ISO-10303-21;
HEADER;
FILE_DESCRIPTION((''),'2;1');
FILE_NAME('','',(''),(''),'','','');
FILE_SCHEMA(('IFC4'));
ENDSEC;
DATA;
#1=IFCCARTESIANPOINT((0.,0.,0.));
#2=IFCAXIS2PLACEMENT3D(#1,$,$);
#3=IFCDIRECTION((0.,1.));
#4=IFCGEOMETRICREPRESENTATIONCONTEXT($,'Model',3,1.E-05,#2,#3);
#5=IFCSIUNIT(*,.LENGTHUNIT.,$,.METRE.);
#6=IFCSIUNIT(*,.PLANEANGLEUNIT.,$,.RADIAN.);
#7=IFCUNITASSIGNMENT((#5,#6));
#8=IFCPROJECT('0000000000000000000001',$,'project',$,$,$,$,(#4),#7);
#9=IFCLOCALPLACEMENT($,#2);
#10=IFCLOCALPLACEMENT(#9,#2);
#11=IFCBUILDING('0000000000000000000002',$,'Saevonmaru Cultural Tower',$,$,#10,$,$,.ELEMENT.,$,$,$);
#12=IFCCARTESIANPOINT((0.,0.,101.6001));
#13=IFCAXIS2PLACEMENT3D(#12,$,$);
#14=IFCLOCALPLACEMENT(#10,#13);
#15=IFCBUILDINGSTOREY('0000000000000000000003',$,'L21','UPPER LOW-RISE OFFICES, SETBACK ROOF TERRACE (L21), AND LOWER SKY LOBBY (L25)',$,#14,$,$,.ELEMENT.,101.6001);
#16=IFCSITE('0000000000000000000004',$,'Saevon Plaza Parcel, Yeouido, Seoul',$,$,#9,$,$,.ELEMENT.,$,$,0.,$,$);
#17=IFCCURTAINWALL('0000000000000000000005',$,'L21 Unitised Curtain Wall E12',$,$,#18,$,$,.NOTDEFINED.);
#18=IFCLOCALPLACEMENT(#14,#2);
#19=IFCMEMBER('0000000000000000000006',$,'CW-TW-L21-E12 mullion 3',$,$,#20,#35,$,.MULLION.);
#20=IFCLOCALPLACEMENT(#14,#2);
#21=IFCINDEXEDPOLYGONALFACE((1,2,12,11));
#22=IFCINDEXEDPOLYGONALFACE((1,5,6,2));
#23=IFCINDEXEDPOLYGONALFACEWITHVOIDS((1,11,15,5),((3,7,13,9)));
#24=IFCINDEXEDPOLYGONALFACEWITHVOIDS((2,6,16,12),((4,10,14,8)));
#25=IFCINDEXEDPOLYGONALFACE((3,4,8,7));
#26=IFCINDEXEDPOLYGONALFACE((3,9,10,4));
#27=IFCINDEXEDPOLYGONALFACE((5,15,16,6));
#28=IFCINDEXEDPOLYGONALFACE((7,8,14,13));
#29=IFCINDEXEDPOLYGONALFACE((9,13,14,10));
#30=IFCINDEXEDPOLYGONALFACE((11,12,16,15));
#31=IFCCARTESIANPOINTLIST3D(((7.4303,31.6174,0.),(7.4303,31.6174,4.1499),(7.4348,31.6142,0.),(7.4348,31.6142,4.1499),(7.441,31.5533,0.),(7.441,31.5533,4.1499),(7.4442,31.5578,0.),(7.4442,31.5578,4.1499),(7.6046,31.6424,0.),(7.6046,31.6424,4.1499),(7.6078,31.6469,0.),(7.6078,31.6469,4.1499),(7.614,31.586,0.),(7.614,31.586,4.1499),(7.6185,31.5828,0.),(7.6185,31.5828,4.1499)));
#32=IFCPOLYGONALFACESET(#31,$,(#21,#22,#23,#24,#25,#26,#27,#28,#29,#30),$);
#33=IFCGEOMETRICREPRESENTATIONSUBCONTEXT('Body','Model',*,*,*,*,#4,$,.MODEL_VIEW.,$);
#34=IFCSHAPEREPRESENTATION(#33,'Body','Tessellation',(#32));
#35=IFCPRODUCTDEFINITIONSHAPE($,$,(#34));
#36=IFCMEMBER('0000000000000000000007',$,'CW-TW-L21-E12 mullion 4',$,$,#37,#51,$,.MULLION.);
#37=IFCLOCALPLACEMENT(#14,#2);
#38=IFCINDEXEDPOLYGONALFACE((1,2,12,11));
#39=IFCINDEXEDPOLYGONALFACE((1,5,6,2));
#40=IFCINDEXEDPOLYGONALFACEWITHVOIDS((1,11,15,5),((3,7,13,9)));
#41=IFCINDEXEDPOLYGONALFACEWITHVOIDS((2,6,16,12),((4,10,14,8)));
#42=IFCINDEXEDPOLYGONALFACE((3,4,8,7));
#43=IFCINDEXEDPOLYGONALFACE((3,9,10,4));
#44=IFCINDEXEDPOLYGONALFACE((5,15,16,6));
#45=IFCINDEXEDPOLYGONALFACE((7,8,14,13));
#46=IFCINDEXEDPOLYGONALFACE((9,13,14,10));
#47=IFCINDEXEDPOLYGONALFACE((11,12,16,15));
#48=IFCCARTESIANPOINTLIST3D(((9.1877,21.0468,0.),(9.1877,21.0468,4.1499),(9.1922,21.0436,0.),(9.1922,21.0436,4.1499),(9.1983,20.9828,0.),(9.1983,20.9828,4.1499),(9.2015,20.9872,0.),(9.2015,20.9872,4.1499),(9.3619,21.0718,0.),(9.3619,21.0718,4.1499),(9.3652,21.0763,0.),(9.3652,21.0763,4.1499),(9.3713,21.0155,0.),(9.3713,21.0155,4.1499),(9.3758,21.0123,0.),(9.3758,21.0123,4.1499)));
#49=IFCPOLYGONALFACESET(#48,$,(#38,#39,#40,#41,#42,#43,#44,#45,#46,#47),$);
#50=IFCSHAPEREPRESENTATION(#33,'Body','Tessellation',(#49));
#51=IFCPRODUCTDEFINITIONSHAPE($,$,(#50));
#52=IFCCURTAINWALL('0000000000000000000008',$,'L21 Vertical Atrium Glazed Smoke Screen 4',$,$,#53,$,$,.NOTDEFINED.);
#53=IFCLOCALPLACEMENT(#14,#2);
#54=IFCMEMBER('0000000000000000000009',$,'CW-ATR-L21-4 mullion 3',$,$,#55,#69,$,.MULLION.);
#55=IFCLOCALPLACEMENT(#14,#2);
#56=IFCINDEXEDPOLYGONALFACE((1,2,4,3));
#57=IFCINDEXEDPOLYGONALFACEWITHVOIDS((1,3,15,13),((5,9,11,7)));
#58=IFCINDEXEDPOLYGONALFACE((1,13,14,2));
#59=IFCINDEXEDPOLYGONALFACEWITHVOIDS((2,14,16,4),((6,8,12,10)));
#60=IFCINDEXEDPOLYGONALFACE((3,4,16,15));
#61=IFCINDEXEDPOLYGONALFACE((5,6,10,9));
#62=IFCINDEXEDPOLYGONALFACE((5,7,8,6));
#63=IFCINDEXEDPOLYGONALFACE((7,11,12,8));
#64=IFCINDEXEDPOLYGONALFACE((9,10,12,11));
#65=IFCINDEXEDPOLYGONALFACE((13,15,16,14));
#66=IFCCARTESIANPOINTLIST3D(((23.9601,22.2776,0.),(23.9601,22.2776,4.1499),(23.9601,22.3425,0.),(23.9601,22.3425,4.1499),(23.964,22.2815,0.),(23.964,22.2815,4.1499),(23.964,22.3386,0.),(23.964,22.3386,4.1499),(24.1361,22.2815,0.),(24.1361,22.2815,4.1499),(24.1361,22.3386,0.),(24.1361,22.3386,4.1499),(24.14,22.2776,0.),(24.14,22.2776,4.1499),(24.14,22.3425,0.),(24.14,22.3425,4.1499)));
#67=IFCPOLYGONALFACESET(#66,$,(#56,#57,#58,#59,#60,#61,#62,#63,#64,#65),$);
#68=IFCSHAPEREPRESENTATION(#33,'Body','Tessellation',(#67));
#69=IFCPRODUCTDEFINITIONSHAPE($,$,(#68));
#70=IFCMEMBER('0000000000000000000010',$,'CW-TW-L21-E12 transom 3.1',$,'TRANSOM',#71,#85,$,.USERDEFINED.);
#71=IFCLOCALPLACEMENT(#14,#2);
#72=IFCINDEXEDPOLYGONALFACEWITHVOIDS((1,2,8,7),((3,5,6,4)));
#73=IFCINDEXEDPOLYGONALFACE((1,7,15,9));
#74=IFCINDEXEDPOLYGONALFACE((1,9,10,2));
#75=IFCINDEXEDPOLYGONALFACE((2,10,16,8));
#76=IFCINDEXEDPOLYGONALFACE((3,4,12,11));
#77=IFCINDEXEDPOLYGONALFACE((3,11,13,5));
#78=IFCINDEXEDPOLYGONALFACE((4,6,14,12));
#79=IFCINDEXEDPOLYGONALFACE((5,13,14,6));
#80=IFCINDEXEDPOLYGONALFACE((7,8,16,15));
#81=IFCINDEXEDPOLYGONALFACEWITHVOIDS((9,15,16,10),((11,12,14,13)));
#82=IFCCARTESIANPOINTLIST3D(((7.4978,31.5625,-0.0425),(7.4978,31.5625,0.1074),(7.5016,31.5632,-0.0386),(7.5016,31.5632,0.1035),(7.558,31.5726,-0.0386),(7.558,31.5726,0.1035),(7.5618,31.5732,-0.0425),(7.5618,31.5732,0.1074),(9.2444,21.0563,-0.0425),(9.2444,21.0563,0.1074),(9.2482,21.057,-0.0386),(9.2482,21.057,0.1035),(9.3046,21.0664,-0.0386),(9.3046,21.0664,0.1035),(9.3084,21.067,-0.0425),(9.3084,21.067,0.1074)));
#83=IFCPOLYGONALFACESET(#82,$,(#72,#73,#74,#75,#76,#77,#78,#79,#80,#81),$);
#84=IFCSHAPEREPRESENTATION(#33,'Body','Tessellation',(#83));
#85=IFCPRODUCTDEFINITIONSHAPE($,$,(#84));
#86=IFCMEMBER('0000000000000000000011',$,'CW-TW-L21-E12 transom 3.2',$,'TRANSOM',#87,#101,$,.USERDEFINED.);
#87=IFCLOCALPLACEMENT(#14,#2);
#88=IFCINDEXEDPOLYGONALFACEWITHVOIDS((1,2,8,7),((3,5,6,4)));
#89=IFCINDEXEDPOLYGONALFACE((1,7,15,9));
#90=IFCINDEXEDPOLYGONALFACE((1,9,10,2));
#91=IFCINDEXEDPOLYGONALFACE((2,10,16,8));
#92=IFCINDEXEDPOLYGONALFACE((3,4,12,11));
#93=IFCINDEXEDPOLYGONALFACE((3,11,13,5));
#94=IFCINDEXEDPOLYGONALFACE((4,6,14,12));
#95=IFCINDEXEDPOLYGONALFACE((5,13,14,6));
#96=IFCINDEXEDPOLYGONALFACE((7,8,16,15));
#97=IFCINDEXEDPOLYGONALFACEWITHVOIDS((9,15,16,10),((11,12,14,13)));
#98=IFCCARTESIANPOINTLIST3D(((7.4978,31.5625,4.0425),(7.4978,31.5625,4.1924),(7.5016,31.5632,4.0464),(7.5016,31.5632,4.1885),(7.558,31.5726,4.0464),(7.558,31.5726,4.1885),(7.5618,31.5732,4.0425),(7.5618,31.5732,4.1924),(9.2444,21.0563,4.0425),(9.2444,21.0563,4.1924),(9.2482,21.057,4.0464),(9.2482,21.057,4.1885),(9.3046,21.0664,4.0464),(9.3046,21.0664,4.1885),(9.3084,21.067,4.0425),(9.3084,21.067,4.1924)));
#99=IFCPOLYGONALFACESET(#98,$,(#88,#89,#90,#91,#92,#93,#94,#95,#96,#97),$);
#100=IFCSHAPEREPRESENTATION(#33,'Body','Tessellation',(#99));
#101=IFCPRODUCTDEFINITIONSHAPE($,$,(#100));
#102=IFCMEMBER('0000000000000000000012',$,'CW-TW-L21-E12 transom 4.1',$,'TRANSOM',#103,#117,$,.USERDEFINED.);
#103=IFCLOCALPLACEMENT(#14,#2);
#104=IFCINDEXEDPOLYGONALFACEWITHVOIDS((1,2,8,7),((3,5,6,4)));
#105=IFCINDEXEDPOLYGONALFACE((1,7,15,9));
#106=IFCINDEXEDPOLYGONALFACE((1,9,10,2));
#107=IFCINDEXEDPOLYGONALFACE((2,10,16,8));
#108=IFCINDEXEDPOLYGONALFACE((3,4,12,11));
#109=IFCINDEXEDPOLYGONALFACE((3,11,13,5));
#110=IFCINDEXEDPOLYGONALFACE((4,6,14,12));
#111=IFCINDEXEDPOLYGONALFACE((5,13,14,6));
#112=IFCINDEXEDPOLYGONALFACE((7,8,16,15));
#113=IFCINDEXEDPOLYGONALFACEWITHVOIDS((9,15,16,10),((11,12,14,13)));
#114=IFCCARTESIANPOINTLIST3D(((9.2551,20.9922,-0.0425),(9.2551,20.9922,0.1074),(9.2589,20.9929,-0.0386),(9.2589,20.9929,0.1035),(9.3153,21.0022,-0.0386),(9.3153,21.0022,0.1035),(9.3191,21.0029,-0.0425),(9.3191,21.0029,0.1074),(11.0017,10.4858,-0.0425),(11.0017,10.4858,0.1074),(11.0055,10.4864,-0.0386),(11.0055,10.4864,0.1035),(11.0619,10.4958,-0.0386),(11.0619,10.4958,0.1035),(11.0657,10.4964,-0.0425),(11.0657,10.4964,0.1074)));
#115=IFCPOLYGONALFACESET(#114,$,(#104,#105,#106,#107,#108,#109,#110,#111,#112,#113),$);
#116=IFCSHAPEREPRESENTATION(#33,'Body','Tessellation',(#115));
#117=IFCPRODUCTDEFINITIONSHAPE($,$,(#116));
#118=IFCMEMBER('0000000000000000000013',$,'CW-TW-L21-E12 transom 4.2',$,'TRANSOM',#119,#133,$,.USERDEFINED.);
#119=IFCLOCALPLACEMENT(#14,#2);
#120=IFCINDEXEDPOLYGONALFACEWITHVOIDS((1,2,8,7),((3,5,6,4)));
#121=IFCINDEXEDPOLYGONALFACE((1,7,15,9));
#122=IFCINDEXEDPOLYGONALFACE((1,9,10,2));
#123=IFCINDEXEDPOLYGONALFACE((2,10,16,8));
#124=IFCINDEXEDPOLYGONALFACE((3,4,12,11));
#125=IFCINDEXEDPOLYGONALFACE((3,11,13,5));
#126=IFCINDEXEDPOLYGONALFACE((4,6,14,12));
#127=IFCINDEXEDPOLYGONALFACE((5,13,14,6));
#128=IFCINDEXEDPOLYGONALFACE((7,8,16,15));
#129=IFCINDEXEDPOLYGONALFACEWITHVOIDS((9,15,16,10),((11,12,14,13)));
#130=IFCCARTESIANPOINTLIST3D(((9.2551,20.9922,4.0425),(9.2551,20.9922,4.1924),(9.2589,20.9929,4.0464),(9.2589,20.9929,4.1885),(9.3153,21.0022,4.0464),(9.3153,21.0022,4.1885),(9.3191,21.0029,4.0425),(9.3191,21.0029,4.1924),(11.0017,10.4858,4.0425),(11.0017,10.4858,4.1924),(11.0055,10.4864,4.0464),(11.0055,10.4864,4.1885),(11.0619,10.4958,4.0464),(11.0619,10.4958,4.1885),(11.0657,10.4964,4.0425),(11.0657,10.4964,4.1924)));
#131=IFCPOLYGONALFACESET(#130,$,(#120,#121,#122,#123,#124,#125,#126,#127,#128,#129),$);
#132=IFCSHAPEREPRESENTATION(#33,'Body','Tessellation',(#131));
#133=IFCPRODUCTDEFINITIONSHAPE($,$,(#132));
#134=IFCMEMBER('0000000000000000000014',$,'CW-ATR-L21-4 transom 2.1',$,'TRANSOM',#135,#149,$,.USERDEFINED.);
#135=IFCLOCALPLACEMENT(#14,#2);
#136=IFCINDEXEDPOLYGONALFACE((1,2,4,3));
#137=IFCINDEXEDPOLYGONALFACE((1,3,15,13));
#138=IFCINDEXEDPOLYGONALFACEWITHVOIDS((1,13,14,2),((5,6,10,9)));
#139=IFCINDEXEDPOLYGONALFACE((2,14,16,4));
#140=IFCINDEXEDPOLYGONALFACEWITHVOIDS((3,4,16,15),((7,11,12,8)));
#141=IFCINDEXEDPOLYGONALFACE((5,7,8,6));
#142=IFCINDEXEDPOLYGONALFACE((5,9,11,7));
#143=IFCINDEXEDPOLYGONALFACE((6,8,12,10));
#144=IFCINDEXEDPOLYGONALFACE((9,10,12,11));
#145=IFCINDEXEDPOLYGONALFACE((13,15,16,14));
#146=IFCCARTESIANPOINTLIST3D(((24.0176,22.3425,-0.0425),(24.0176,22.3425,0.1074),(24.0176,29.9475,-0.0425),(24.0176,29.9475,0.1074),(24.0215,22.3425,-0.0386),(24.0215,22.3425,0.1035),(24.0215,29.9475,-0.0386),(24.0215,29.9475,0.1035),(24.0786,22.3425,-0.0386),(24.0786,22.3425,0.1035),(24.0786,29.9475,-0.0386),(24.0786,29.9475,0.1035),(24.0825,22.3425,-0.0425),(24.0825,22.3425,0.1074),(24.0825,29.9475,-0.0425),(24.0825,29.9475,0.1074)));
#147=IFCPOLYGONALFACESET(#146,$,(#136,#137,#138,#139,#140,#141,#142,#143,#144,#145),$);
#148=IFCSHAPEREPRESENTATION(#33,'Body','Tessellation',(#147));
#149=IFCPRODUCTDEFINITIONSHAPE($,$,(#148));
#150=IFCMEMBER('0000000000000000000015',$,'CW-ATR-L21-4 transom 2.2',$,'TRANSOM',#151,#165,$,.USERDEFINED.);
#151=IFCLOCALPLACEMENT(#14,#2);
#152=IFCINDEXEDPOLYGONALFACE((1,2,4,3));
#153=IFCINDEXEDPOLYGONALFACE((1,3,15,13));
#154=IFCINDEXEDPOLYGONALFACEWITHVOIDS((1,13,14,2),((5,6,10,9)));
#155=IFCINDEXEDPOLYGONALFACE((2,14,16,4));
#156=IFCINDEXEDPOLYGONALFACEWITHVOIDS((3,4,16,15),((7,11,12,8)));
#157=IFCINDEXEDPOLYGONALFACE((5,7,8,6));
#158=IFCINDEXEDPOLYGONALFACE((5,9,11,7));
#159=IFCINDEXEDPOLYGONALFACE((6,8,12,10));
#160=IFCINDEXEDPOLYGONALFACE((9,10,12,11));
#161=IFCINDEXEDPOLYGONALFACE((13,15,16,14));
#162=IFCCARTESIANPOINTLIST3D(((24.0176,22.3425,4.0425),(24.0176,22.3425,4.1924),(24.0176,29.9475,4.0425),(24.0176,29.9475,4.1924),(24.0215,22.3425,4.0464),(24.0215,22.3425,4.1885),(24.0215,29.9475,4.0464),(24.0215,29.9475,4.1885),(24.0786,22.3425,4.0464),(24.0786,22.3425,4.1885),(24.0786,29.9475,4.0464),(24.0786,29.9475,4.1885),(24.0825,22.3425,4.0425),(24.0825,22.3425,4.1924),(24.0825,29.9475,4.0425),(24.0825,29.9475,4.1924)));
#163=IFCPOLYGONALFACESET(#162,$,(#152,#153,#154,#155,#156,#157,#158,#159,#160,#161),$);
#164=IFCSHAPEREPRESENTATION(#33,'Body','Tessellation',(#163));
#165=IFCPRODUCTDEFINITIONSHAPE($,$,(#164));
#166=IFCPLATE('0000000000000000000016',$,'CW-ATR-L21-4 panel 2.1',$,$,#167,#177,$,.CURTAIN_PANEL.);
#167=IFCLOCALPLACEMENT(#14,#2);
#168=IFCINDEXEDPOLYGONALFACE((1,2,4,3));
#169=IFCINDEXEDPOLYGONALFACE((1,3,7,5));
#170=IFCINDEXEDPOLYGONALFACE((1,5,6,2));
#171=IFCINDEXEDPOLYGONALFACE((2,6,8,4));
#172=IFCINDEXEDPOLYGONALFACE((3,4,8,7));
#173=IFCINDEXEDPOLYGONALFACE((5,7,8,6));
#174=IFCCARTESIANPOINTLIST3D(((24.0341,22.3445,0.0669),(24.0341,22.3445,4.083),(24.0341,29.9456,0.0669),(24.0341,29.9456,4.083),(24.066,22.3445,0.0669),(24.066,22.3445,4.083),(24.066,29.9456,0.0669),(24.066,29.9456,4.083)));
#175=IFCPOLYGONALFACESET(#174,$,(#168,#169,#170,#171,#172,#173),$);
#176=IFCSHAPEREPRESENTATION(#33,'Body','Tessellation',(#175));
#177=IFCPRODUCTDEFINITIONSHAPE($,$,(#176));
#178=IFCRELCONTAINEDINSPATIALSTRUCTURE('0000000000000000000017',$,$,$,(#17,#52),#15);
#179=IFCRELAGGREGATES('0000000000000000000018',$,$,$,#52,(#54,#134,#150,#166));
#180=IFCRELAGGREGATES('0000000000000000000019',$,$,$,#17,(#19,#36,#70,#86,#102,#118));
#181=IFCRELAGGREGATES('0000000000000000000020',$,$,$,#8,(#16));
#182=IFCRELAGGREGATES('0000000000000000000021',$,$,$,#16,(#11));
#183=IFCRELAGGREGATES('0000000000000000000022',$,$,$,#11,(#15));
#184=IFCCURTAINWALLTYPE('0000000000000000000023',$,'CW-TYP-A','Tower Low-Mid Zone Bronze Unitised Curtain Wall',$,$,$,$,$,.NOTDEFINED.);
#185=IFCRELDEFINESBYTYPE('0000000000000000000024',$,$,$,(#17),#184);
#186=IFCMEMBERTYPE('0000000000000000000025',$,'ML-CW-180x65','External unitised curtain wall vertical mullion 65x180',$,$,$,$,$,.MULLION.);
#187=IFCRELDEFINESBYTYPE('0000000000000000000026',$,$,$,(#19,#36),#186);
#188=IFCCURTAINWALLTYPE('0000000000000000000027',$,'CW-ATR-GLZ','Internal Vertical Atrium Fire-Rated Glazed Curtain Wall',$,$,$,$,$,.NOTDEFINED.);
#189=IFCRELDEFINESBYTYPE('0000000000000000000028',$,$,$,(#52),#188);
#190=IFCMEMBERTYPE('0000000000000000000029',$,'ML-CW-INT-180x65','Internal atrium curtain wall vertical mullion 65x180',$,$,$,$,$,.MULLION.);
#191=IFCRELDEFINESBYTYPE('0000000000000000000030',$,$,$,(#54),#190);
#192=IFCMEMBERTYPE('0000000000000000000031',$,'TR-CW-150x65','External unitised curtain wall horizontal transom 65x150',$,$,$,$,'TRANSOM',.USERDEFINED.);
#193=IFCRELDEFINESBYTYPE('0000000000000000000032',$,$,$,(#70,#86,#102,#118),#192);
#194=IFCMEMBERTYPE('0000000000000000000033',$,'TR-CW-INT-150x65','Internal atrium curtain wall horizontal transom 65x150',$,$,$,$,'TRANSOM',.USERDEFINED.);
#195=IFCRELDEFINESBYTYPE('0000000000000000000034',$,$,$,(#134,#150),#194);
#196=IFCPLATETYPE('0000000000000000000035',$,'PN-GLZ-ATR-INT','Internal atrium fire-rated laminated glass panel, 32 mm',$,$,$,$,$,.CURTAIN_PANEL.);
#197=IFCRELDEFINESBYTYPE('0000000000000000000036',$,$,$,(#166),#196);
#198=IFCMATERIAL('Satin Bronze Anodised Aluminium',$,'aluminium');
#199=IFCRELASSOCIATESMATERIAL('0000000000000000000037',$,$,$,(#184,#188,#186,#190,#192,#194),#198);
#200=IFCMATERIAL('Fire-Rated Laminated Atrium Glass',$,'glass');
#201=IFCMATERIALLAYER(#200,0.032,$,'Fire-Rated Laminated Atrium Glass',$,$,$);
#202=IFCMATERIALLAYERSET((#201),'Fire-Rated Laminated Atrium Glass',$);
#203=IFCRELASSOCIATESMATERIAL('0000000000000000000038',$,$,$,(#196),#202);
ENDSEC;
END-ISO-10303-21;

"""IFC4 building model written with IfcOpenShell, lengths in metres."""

from ifc_helpers import new_model, si_unit, direction, frame, origin, origin_2d, place, context, subcontext, project, spatial, rectangle, hollow_rectangle, extrude, material, layer, layer_set, material_profile, profile_set, type_object, element, aggregate, save


model = new_model("IFC4")

# Units and contexts
model_context = context("Model", 3, precision=1e-05, world=origin(), true_north=direction((0.0, 1.0)))
body_context = subcontext(model_context, "Body", "Model", "MODEL_VIEW")
ifc_project = project(units=[si_unit("LENGTHUNIT", "METRE"), si_unit("PLANEANGLEUNIT", "RADIAN")], contexts=[model_context])

# Site, building, storey
site_placement = place(None, origin())
site = spatial("IfcSite", under=ifc_project, at=site_placement, Name="Saevon Plaza Parcel, Yeouido, Seoul", CompositionType="ELEMENT", RefElevation=0.0)
building_placement = place(site_placement, origin())
building = spatial("IfcBuilding", under=site, at=building_placement, Name="Saevonmaru Cultural Tower", CompositionType="ELEMENT")
storey_placement = place(building_placement, frame((0.0, 0.0, 101.6001)))
storey = spatial("IfcBuildingStorey", under=building, at=storey_placement, Name="L21", Description="UPPER LOW-RISE OFFICES, SETBACK ROOF TERRACE (L21), AND LOWER SKY LOBBY (L25)", CompositionType="ELEMENT", Elevation=101.6001)

# Curtain wall, members
ifc_material_1 = material(Name="Satin Bronze Anodised Aluminium", Category="aluminium")
curtain_wall_type_1 = type_object("IfcCurtainWallType", Name="CW-TYP-A", Description="Tower Low-Mid Zone Bronze Unitised Curtain Wall", PredefinedType="NOTDEFINED", material=ifc_material_1)
curtain_wall_1_placement = place(storey_placement, origin())
curtain_wall_1 = element("IfcCurtainWall", 1, at=curtain_wall_1_placement, inside=storey, type_object=curtain_wall_type_1, Name="L21 Unitised Curtain Wall E12", PredefinedType="NOTDEFINED")
ifc_material_profile_1 = material_profile(ifc_material_1, hollow_rectangle(XDim=0.0649, YDim=0.1799, WallThickness=0.0039, at=origin_2d()), Name="ALU-MULL-180x65x4")
ifc_profile_set_1 = profile_set([ifc_material_profile_1], Name="Satin Bronze Anodised Aluminium")
member_type_1 = type_object("IfcMemberType", Name="ML-CW-180x65", Description="External unitised curtain wall vertical mullion 65x180", PredefinedType="MULLION", material=ifc_profile_set_1)
member_1_placement = place(storey_placement, frame((7.5244, 31.6001, 0.0), z_axis=(0.0, 0.0, 1.0), x_axis=(0.163999, -0.986461, 0.0)))
member_1 = element("IfcMember", 2, at=member_1_placement, type_object=member_type_1, Name="CW-TW-L21-E12 mullion 3", PredefinedType="MULLION", context=body_context, shape_type="SweptSolid", body=[
    extrude(hollow_rectangle(XDim=0.0649, YDim=0.1799, WallThickness=0.0039, at=origin_2d()), origin(), (0.0, 0.0, 1.0), 4.1499),
])
member_2_placement = place(storey_placement, frame((9.2817, 21.0295, 0.0), z_axis=(0.0, 0.0, 1.0), x_axis=(0.163999, -0.986461, 0.0)))
member_2 = element("IfcMember", 3, at=member_2_placement, type_object=member_type_1, Name="CW-TW-L21-E12 mullion 4", PredefinedType="MULLION", context=body_context, shape_type="SweptSolid", body=[
    extrude(hollow_rectangle(XDim=0.0649, YDim=0.1799, WallThickness=0.0039, at=origin_2d()), origin(), (0.0, 0.0, 1.0), 4.1499),
])

# Curtain wall, member
curtain_wall_type_2 = type_object("IfcCurtainWallType", Name="CW-ATR-GLZ", Description="Internal Vertical Atrium Fire-Rated Glazed Curtain Wall", PredefinedType="NOTDEFINED", material=ifc_material_1)
curtain_wall_2_placement = place(storey_placement, origin())
curtain_wall_2 = element("IfcCurtainWall", 4, at=curtain_wall_2_placement, inside=storey, type_object=curtain_wall_type_2, Name="L21 Vertical Atrium Glazed Smoke Screen 4", PredefinedType="NOTDEFINED")
ifc_material_profile_2 = material_profile(ifc_material_1, hollow_rectangle(XDim=0.0649, YDim=0.1799, WallThickness=0.0039, at=origin_2d()), Name="ALU-MULL-180x65x4")
ifc_profile_set_2 = profile_set([ifc_material_profile_2], Name="Satin Bronze Anodised Aluminium")
member_type_2 = type_object("IfcMemberType", Name="ML-CW-INT-180x65", Description="Internal atrium curtain wall vertical mullion 65x180", PredefinedType="MULLION", material=ifc_profile_set_2)
member_3_placement = place(storey_placement, frame((24.05, 22.3101, 0.0), z_axis=(0.0, 0.0, 1.0), x_axis=(0.0, -1.0, 0.0)))
member_3 = element("IfcMember", 5, at=member_3_placement, type_object=member_type_2, Name="CW-ATR-L21-4 mullion 3", PredefinedType="MULLION", context=body_context, shape_type="SweptSolid", body=[
    extrude(hollow_rectangle(XDim=0.0649, YDim=0.1799, WallThickness=0.0039, at=origin_2d()), origin(), (0.0, 0.0, 1.0), 4.1499),
])

# Members
ifc_material_profile_3 = material_profile(ifc_material_1, hollow_rectangle(XDim=0.0649, YDim=0.1499, WallThickness=0.0039, at=origin_2d()), Name="ALU-TRAN-150x65x4")
ifc_profile_set_3 = profile_set([ifc_material_profile_3], Name="Satin Bronze Anodised Aluminium")
member_type_3 = type_object("IfcMemberType", Name="TR-CW-150x65", Description="External unitised curtain wall horizontal transom 65x150", ElementType="TRANSOM", PredefinedType="USERDEFINED", material=ifc_profile_set_3)
member_4_placement = place(storey_placement, frame((7.5298, 31.5679, 0.0325), z_axis=(0.163994, -0.986461, 0.0), x_axis=(0.986461, 0.163994, 0.0)))
member_4 = element("IfcMember", 6, at=member_4_placement, type_object=member_type_3, Name="CW-TW-L21-E12 transom 3.1", ObjectType="TRANSOM", PredefinedType="USERDEFINED", context=body_context, shape_type="SweptSolid", body=[
    extrude(hollow_rectangle(XDim=0.0649, YDim=0.1499, WallThickness=0.0039, at=origin_2d()), origin(), (0.0, 0.0, 1.0), 10.6504),
])
member_5_placement = place(storey_placement, frame((7.5298, 31.5679, 4.1174), z_axis=(0.163994, -0.986461, 0.0), x_axis=(0.986461, 0.163994, 0.0)))
member_5 = element("IfcMember", 7, at=member_5_placement, type_object=member_type_3, Name="CW-TW-L21-E12 transom 3.2", ObjectType="TRANSOM", PredefinedType="USERDEFINED", context=body_context, shape_type="SweptSolid", body=[
    extrude(hollow_rectangle(XDim=0.0649, YDim=0.1499, WallThickness=0.0039, at=origin_2d()), origin(), (0.0, 0.0, 1.0), 10.6504),
])
member_6_placement = place(storey_placement, frame((9.2871, 20.9976, 0.0325), z_axis=(0.16399, -0.986462, 0.0), x_axis=(0.986462, 0.16399, 0.0)))
member_6 = element("IfcMember", 8, at=member_6_placement, type_object=member_type_3, Name="CW-TW-L21-E12 transom 4.1", ObjectType="TRANSOM", PredefinedType="USERDEFINED", context=body_context, shape_type="SweptSolid", body=[
    extrude(hollow_rectangle(XDim=0.0649, YDim=0.1499, WallThickness=0.0039, at=origin_2d()), origin(), (0.0, 0.0, 1.0), 10.6506),
])
member_7_placement = place(storey_placement, frame((9.2871, 20.9976, 4.1174), z_axis=(0.16399, -0.986462, 0.0), x_axis=(0.986462, 0.16399, 0.0)))
member_7 = element("IfcMember", 9, at=member_7_placement, type_object=member_type_3, Name="CW-TW-L21-E12 transom 4.2", ObjectType="TRANSOM", PredefinedType="USERDEFINED", context=body_context, shape_type="SweptSolid", body=[
    extrude(hollow_rectangle(XDim=0.0649, YDim=0.1499, WallThickness=0.0039, at=origin_2d()), origin(), (0.0, 0.0, 1.0), 10.6506),
])
ifc_material_profile_4 = material_profile(ifc_material_1, hollow_rectangle(XDim=0.0649, YDim=0.1499, WallThickness=0.0039, at=origin_2d()), Name="ALU-TRAN-150x65x4")
ifc_profile_set_4 = profile_set([ifc_material_profile_4], Name="Satin Bronze Anodised Aluminium")
member_type_4 = type_object("IfcMemberType", Name="TR-CW-INT-150x65", Description="Internal atrium curtain wall horizontal transom 65x150", ElementType="TRANSOM", PredefinedType="USERDEFINED", material=ifc_profile_set_4)
member_8_placement = place(storey_placement, frame((24.05, 29.9475, 0.0325), z_axis=(0.0, -1.0, 0.0), x_axis=(1.0, 0.0, 0.0)))
member_8 = element("IfcMember", 10, at=member_8_placement, type_object=member_type_4, Name="CW-ATR-L21-4 transom 2.1", ObjectType="TRANSOM", PredefinedType="USERDEFINED", context=body_context, shape_type="SweptSolid", body=[
    extrude(hollow_rectangle(XDim=0.0649, YDim=0.1499, WallThickness=0.0039, at=origin_2d()), origin(), (0.0, 0.0, 1.0), 7.605),
])
member_9_placement = place(storey_placement, frame((24.05, 29.9475, 4.1174), z_axis=(0.0, -1.0, 0.0), x_axis=(1.0, 0.0, 0.0)))
member_9 = element("IfcMember", 11, at=member_9_placement, type_object=member_type_4, Name="CW-ATR-L21-4 transom 2.2", ObjectType="TRANSOM", PredefinedType="USERDEFINED", context=body_context, shape_type="SweptSolid", body=[
    extrude(hollow_rectangle(XDim=0.0649, YDim=0.1499, WallThickness=0.0039, at=origin_2d()), origin(), (0.0, 0.0, 1.0), 7.605),
])

# Plate
ifc_material_2 = material(Name="Fire-Rated Laminated Atrium Glass", Category="glass")
ifc_layer_1 = layer(ifc_material_2, 0.032, Name="Fire-Rated Laminated Atrium Glass")
ifc_layer_set_1 = layer_set([ifc_layer_1], Name="Fire-Rated Laminated Atrium Glass")
plate_type_1 = type_object("IfcPlateType", Name="PN-GLZ-ATR-INT", Description="Internal atrium fire-rated laminated glass panel, 32 mm", PredefinedType="CURTAIN_PANEL", material=ifc_layer_set_1)
plate_1_placement = place(storey_placement, frame((24.05, 26.145, 0.0669), z_axis=(0.0, 0.0, 1.0), x_axis=(0.0, -1.0, 0.0)))
plate_1 = element("IfcPlate", 12, at=plate_1_placement, type_object=plate_type_1, Name="CW-ATR-L21-4 panel 2.1", PredefinedType="CURTAIN_PANEL", context=body_context, shape_type="SweptSolid", body=[
    extrude(rectangle(XDim=7.6011, YDim=0.032, at=origin_2d()), origin(), (0.0, 0.0, 1.0), 4.0161),
])
aggregate(curtain_wall_2, [member_3, member_8, member_9, plate_1])
aggregate(curtain_wall_1, [member_1, member_2, member_4, member_5, member_6, member_7])

save(model, "model.ifc")
